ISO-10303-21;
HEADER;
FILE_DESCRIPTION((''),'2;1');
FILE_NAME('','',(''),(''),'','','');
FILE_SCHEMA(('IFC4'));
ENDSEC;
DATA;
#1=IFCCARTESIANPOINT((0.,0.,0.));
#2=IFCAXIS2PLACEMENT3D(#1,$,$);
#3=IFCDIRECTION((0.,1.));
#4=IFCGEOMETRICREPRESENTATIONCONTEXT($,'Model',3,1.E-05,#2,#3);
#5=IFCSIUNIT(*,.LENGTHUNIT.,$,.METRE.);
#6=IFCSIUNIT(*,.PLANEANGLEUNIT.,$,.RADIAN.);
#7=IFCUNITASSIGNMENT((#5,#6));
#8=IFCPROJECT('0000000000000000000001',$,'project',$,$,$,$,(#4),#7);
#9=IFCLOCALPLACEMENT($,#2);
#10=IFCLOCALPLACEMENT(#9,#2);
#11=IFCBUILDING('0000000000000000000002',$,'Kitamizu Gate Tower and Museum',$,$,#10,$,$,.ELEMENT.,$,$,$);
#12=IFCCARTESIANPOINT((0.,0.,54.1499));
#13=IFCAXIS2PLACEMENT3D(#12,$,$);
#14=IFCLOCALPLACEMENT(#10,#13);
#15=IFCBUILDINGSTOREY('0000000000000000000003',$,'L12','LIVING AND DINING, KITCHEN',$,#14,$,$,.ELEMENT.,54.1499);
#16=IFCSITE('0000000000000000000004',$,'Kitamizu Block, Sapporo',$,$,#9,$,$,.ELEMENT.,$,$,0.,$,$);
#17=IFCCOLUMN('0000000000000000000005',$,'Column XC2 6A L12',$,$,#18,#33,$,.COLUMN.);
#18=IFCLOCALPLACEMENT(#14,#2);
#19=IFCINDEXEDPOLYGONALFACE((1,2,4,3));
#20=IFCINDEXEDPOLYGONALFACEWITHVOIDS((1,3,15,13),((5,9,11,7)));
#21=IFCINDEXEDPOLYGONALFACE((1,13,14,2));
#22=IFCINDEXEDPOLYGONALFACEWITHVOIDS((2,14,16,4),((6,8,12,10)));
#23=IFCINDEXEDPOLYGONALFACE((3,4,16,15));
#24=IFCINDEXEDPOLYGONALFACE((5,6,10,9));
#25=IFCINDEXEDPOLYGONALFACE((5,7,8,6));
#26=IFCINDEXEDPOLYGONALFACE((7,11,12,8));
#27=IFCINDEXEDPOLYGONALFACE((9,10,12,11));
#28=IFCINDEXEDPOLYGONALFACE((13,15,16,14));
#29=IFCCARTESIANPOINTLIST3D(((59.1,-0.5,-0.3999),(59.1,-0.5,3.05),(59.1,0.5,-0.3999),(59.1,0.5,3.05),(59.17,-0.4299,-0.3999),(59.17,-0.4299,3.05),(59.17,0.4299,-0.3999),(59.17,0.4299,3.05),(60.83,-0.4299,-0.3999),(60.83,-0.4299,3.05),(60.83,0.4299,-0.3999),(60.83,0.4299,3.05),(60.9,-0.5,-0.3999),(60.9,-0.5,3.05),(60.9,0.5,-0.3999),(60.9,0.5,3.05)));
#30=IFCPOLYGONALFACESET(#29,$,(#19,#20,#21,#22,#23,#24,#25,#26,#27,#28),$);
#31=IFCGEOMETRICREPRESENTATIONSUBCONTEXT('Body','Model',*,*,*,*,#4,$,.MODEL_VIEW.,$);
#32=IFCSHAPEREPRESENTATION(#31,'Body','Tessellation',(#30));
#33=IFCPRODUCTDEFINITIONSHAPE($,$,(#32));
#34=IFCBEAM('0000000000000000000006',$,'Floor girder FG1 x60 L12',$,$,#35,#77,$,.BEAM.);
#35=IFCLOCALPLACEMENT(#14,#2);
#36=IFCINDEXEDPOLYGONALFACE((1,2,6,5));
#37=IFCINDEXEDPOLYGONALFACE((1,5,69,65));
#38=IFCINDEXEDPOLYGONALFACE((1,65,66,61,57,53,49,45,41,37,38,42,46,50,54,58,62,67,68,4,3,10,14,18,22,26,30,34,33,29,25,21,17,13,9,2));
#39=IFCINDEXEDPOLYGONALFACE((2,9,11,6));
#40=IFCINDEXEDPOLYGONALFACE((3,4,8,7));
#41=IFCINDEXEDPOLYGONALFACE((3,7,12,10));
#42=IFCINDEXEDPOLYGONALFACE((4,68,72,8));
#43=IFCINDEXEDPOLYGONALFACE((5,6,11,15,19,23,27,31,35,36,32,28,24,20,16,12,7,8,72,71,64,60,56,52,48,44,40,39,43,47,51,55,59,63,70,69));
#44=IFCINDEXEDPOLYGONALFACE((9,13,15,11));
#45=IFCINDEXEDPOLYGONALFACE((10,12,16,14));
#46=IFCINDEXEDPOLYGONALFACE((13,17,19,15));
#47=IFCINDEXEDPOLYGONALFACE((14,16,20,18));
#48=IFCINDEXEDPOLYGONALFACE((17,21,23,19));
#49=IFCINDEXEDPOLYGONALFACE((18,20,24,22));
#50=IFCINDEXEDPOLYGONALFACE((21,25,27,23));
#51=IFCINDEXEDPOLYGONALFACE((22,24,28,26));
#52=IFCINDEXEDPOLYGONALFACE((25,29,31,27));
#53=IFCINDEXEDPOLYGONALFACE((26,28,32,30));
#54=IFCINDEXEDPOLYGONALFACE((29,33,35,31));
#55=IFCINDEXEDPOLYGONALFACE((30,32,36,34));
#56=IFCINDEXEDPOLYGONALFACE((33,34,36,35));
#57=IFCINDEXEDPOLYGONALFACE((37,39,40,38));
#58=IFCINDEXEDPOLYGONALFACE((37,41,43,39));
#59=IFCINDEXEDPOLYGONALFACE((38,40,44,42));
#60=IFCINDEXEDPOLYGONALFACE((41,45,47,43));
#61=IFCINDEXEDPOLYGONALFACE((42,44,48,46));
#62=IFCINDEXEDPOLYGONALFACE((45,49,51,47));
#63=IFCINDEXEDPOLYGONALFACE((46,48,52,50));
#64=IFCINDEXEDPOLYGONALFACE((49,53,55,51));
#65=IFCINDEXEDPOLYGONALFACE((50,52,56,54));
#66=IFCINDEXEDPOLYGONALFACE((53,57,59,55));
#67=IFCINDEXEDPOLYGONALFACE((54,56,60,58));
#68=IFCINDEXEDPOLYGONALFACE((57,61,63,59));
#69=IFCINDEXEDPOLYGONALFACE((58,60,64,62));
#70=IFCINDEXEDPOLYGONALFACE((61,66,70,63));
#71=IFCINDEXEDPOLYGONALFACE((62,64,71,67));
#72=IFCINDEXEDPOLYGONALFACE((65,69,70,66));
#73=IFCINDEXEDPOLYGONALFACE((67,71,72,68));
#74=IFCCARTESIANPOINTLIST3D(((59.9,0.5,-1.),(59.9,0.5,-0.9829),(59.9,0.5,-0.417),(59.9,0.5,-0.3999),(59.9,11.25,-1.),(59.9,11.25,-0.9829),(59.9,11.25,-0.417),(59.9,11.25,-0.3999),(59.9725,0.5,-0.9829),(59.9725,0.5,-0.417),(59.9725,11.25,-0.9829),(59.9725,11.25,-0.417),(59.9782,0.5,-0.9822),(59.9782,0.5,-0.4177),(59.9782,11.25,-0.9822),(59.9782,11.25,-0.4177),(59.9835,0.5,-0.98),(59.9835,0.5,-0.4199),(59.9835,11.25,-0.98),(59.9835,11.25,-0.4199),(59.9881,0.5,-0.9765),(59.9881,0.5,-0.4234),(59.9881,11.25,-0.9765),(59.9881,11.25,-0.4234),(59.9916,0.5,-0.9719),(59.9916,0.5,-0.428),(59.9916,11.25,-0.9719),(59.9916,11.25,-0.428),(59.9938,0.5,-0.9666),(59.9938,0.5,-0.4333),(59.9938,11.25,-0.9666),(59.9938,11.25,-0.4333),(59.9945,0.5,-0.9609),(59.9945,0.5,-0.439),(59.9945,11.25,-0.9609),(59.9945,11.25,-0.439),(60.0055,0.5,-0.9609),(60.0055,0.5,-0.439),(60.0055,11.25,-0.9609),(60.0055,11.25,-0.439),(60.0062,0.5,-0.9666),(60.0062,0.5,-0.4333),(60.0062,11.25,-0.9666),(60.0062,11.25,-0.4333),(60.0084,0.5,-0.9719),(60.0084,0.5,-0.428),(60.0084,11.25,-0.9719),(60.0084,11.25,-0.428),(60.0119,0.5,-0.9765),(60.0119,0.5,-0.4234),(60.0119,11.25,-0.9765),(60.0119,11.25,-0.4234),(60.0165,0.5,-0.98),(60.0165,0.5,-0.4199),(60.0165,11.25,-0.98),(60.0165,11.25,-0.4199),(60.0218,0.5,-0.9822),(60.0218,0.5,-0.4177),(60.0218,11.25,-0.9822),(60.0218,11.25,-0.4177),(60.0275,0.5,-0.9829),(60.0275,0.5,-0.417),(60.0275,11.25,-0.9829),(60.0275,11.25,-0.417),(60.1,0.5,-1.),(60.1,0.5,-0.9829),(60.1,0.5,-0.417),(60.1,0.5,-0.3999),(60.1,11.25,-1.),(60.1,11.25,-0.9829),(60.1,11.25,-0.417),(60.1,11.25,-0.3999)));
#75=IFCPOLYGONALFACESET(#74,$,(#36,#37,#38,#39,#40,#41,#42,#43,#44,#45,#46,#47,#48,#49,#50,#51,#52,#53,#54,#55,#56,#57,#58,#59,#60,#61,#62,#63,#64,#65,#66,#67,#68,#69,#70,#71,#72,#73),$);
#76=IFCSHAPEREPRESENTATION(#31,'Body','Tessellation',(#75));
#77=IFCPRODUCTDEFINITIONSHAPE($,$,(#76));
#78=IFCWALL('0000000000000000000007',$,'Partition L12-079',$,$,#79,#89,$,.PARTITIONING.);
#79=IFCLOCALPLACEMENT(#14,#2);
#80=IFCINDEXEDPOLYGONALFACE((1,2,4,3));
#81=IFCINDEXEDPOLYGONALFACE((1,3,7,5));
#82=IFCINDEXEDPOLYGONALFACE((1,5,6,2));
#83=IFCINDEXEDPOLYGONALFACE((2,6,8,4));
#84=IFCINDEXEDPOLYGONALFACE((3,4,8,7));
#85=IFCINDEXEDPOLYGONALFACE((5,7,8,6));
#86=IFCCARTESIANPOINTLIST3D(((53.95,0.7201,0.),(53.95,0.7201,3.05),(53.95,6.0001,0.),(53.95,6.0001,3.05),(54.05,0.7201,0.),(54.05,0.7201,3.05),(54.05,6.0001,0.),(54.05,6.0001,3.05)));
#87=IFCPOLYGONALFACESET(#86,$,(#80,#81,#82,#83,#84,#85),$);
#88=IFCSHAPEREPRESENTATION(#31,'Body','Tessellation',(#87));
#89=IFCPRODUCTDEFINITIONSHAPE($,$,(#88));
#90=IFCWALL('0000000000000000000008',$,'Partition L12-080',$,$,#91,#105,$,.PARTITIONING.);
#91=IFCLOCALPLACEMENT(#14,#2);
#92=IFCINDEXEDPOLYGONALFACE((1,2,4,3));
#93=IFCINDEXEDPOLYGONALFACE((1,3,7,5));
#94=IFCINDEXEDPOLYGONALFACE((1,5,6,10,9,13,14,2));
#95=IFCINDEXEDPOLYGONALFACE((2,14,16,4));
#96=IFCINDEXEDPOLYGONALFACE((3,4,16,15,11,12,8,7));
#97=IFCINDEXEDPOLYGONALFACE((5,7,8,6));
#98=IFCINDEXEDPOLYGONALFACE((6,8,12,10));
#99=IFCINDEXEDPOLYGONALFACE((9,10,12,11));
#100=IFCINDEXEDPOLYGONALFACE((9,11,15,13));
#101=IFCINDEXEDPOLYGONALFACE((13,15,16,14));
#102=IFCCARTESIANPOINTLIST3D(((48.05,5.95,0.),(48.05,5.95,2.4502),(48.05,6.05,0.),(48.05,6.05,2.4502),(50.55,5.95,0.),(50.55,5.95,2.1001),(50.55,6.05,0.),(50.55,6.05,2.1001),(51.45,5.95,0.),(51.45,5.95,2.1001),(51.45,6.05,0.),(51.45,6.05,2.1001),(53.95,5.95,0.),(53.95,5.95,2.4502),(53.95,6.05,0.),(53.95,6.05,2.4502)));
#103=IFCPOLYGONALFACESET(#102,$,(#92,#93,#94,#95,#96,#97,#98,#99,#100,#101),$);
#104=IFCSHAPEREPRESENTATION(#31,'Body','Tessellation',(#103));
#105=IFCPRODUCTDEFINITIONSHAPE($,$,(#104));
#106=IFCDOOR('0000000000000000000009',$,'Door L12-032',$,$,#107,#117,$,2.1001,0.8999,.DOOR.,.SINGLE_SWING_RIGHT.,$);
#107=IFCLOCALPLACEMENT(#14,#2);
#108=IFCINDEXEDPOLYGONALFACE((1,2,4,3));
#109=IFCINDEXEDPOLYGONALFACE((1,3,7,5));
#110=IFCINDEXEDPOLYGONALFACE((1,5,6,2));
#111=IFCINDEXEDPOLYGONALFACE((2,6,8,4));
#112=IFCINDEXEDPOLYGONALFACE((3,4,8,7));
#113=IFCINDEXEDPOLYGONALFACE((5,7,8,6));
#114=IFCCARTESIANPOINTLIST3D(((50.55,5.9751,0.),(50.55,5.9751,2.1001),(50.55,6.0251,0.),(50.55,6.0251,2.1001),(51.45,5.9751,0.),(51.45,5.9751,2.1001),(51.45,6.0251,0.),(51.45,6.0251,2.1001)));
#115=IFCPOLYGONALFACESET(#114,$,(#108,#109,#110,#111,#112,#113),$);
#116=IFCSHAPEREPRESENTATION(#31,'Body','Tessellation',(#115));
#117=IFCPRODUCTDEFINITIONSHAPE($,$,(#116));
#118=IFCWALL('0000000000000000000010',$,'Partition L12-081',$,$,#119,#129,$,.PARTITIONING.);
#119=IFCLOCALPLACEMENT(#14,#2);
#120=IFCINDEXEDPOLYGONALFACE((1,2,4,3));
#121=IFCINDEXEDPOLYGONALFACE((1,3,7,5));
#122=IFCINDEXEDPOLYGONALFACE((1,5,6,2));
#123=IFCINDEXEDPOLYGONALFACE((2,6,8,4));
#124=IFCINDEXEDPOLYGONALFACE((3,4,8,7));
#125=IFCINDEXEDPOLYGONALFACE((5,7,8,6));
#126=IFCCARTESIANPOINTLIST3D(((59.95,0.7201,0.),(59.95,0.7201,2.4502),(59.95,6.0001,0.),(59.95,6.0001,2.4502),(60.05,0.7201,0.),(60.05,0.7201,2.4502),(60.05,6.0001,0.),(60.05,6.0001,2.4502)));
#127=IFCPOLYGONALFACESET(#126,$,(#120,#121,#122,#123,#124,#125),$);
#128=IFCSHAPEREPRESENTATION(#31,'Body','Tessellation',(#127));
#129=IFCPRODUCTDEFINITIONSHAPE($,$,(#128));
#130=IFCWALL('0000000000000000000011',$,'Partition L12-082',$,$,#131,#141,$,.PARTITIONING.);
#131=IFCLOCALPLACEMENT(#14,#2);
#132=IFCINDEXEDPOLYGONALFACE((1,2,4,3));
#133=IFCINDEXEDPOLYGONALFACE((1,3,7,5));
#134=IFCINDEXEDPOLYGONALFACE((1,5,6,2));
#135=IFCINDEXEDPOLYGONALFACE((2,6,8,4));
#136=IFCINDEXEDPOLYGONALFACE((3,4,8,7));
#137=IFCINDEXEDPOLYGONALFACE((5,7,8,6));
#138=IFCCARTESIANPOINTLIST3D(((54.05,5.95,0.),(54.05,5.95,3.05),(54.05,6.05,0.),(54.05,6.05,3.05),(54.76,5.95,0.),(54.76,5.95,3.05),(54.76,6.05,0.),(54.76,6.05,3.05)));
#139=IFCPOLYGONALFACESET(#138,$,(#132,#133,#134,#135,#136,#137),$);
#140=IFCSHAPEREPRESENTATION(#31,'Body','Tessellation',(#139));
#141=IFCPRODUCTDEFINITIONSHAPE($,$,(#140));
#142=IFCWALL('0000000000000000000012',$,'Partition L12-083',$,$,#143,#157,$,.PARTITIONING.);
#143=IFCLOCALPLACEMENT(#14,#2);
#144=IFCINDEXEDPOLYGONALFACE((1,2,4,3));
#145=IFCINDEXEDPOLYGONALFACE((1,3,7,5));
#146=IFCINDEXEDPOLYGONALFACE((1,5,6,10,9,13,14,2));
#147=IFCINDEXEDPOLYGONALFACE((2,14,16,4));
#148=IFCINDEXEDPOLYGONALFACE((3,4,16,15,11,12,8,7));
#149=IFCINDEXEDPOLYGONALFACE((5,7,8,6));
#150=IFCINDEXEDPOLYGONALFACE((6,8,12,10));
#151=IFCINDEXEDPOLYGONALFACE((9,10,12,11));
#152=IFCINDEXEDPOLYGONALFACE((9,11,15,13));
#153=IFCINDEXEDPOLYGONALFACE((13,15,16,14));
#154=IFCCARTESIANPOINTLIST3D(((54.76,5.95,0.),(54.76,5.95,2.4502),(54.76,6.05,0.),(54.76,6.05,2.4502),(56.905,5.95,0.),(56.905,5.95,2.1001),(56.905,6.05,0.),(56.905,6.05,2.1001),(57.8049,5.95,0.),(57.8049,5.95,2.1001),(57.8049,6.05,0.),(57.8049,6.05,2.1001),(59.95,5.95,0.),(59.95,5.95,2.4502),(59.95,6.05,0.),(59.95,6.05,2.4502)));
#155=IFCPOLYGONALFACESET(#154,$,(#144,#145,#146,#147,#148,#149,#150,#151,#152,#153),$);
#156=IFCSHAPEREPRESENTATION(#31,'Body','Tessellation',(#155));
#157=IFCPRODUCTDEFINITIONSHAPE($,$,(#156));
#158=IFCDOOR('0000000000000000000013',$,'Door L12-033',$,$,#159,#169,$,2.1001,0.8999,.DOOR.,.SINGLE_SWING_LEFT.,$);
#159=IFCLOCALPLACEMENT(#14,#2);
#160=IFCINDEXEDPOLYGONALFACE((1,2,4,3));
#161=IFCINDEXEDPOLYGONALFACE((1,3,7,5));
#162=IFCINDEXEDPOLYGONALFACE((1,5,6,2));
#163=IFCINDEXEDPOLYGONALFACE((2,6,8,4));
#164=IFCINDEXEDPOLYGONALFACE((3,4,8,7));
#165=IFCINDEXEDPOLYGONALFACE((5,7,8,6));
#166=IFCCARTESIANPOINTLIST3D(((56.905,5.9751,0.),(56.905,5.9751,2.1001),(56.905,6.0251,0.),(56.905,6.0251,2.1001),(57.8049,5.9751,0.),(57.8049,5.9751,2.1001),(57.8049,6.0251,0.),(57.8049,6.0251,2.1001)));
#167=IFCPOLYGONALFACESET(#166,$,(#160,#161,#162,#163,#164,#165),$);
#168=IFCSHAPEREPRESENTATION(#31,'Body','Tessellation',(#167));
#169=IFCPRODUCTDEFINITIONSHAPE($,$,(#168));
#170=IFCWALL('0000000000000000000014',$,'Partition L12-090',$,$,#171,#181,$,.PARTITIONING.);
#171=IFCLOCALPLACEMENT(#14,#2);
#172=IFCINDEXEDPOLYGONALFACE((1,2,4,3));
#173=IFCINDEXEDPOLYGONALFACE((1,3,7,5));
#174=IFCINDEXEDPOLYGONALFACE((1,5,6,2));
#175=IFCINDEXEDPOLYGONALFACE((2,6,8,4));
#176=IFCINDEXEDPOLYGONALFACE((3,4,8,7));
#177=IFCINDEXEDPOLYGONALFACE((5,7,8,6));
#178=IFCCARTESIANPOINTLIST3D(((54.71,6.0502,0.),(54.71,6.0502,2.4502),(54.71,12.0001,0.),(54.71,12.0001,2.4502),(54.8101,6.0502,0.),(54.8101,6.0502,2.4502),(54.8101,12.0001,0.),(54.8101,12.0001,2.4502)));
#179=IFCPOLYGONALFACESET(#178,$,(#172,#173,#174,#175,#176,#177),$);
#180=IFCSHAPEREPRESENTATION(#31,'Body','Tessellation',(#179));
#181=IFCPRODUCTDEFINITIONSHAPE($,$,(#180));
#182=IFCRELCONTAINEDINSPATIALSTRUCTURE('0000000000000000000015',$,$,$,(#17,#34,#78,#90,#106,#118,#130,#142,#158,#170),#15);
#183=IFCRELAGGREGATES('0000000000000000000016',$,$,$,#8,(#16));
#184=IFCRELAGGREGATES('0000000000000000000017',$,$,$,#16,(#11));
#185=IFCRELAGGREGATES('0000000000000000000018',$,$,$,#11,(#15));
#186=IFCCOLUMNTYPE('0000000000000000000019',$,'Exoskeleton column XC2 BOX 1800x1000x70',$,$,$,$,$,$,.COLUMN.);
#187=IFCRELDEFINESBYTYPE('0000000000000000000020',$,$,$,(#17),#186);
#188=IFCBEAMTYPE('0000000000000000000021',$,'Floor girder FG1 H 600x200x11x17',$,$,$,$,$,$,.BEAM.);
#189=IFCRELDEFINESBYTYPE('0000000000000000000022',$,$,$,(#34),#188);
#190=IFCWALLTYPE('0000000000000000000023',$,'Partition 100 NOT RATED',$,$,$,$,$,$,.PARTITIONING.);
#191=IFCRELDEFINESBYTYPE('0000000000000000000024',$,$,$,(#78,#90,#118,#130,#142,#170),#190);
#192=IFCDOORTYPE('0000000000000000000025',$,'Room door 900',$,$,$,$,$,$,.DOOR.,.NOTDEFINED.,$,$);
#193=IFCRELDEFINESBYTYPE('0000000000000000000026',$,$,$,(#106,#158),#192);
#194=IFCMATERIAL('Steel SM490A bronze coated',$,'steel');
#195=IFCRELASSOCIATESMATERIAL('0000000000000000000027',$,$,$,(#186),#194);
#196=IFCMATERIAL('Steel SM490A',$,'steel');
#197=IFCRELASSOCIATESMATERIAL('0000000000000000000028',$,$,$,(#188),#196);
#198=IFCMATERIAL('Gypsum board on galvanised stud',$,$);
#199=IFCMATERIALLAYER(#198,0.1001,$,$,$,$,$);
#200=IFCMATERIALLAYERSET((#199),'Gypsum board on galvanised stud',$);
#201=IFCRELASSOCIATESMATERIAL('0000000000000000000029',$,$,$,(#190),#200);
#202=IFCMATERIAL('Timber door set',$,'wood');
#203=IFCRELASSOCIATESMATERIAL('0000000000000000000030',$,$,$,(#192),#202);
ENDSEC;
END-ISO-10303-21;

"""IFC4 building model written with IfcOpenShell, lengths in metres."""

from ifc_helpers import new_model, si_unit, direction, frame, frame_2d, origin, origin_2d, place, context, subcontext, project, spatial, rectangle, hollow_rectangle, i_section, extrude, material, layer, layer_set, material_profile, profile_set, type_object, element, fill, save


model = new_model("IFC4")

# Units and contexts
model_context = context("Model", 3, precision=1e-05, world=origin(), true_north=direction((0.0, 1.0)))
body_context = subcontext(model_context, "Body", "Model", "MODEL_VIEW")
ifc_project = project(units=[si_unit("LENGTHUNIT", "METRE"), si_unit("PLANEANGLEUNIT", "RADIAN")], contexts=[model_context])

# Site, building, storey
site_placement = place(None, origin())
site = spatial("IfcSite", under=ifc_project, at=site_placement, Name="Kitamizu Block, Sapporo", CompositionType="ELEMENT", RefElevation=0.0)
building_placement = place(site_placement, origin())
building = spatial("IfcBuilding", under=site, at=building_placement, Name="Kitamizu Gate Tower and Museum", CompositionType="ELEMENT")
storey_placement = place(building_placement, frame((0.0, 0.0, 54.1499)))
storey = spatial("IfcBuildingStorey", under=building, at=storey_placement, Name="L12", Description="LIVING AND DINING, KITCHEN", CompositionType="ELEMENT", Elevation=54.1499)

# Column
ifc_material_1 = material(Name="Steel SM490A bronze coated", Category="steel")
ifc_material_profile_1 = material_profile(ifc_material_1, hollow_rectangle(XDim=1.8, YDim=1.0, WallThickness=0.0701, at=origin_2d()), Name="BOX 1800x1000x70")
ifc_profile_set_1 = profile_set([ifc_material_profile_1], Name="Steel SM490A bronze coated")
column_type = type_object("IfcColumnType", Name="Exoskeleton column XC2 BOX 1800x1000x70", PredefinedType="COLUMN", material=ifc_profile_set_1)
column_placement = place(storey_placement, frame((60.0, 0.0, -0.3999), z_axis=(0.0, 0.0, 1.0), x_axis=(1.0, 0.0, 0.0)))
element("IfcColumn", 1, at=column_placement, inside=storey, type_object=column_type, Name="Column XC2 6A L12", PredefinedType="COLUMN", context=body_context, shape_type="SweptSolid", body=[
    extrude(hollow_rectangle(XDim=1.8, YDim=1.0, WallThickness=0.0701, at=origin_2d()), origin(), (0.0, 0.0, 1.0), 3.45),
])

# Beam
ifc_material_2 = material(Name="Steel SM490A", Category="steel")
ifc_material_profile_2 = material_profile(ifc_material_2, i_section(OverallWidth=0.2, OverallDepth=0.6001, WebThickness=0.011, FlangeThickness=0.0171, FilletRadius=0.022, at=origin_2d()), Name="H-600x200x11x17")
ifc_profile_set_2 = profile_set([ifc_material_profile_2], Name="Steel SM490A")
beam_type = type_object("IfcBeamType", Name="Floor girder FG1 H 600x200x11x17", PredefinedType="BEAM", material=ifc_profile_set_2)
beam_placement = place(storey_placement, frame((60.0, 0.5, -0.7), z_axis=(0.0, 1.0, 0.0), x_axis=(-1.0, 0.0, 0.0)))
element("IfcBeam", 2, at=beam_placement, inside=storey, type_object=beam_type, Name="Floor girder FG1 x60 L12", PredefinedType="BEAM", context=body_context, shape_type="SweptSolid", body=[
    extrude(i_section(OverallWidth=0.2, OverallDepth=0.6001, WebThickness=0.011, FlangeThickness=0.0171, FilletRadius=0.022, at=origin_2d()), origin(), (0.0, 0.0, 1.0), 10.75),
])

# Wall
ifc_material_3 = material(Name="Gypsum board on galvanised stud")
ifc_layer = layer(ifc_material_3, 0.1001)
ifc_layer_set = layer_set([ifc_layer], Name="Gypsum board on galvanised stud")
wall_type = type_object("IfcWallType", Name="Partition 100 NOT RATED", PredefinedType="PARTITIONING", material=ifc_layer_set)
wall_1_placement = place(storey_placement, frame((54.0, 0.72, 0.0), z_axis=(0.0, 0.0, 1.0), x_axis=(0.0, 1.0, 0.0)))
element("IfcWall", 3, at=wall_1_placement, inside=storey, type_object=wall_type, Name="Partition L12-079", PredefinedType="PARTITIONING", context=body_context, shape_type="SweptSolid", body=[
    extrude(rectangle(XDim=5.28, YDim=0.1001, at=frame_2d((2.6401, 0.0))), origin(), (0.0, 0.0, 1.0), 3.05),
])

# Wall, opening, door
wall_2_placement = place(storey_placement, frame((53.95, 6.0, 0.0), z_axis=(0.0, 0.0, 1.0), x_axis=(-1.0, 0.0, 0.0)))
wall_2 = element("IfcWall", 4, at=wall_2_placement, inside=storey, type_object=wall_type, Name="Partition L12-080", PredefinedType="PARTITIONING", context=body_context, shape_type="SweptSolid", body=[
    extrude(rectangle(XDim=5.8999, YDim=0.1001, at=frame_2d((2.95, 0.0))), origin(), (0.0, 0.0, 1.0), 2.4502),
])
opening_1_placement = place(wall_2_placement, frame((2.5, 0.0, 0.0)))
opening_1 = element("IfcOpeningElement", 5, at=opening_1_placement, cuts=wall_2, PredefinedType="OPENING", context=body_context, shape_type="SweptSolid", body=[
    extrude(rectangle(XDim=0.8999, YDim=2.1001, at=frame_2d((0.45, 1.05))), frame((0.0, 0.0601, 0.0), z_axis=(0.0, -1.0, 0.0), x_axis=(1.0, 0.0, 0.0)), (0.0, 0.0, 1.0), 0.1201),
])
ifc_material_4 = material(Name="Timber door set", Category="wood")
door_type = type_object("IfcDoorType", Name="Room door 900", OperationType="NOTDEFINED", PredefinedType="DOOR", material=ifc_material_4)
door_1_placement = place(opening_1_placement, origin())
door_1 = element("IfcDoor", 6, at=door_1_placement, inside=storey, type_object=door_type, Name="Door L12-032", OperationType="SINGLE_SWING_RIGHT", OverallHeight=2.1001, OverallWidth=0.8999, PredefinedType="DOOR", context=body_context, shape_type="SweptSolid", body=[
    extrude(rectangle(XDim=0.8999, YDim=2.1001, at=frame_2d((0.45, 1.05))), frame((0.0, 0.0249, 0.0), z_axis=(0.0, -1.0, 0.0), x_axis=(1.0, 0.0, 0.0)), (0.0, 0.0, 1.0), 0.05),
])
fill(opening_1, door_1)

# Walls
wall_3_placement = place(storey_placement, frame((60.0, 0.72, 0.0), z_axis=(0.0, 0.0, 1.0), x_axis=(0.0, 1.0, 0.0)))
element("IfcWall", 7, at=wall_3_placement, inside=storey, type_object=wall_type, Name="Partition L12-081", PredefinedType="PARTITIONING", context=body_context, shape_type="SweptSolid", body=[
    extrude(rectangle(XDim=5.28, YDim=0.1001, at=frame_2d((2.6401, 0.0))), origin(), (0.0, 0.0, 1.0), 2.4502),
])
wall_4_placement = place(storey_placement, frame((54.76, 6.0, 0.0), z_axis=(0.0, 0.0, 1.0), x_axis=(-1.0, 0.0, 0.0)))
element("IfcWall", 8, at=wall_4_placement, inside=storey, type_object=wall_type, Name="Partition L12-082", PredefinedType="PARTITIONING", context=body_context, shape_type="SweptSolid", body=[
    extrude(rectangle(XDim=0.71, YDim=0.1001, at=frame_2d((0.355, 0.0))), origin(), (0.0, 0.0, 1.0), 3.05),
])

# Wall, opening, door
wall_5_placement = place(storey_placement, frame((59.95, 6.0, 0.0), z_axis=(0.0, 0.0, 1.0), x_axis=(-1.0, 0.0, 0.0)))
wall_5 = element("IfcWall", 9, at=wall_5_placement, inside=storey, type_object=wall_type, Name="Partition L12-083", PredefinedType="PARTITIONING", context=body_context, shape_type="SweptSolid", body=[
    extrude(rectangle(XDim=5.1899, YDim=0.1001, at=frame_2d((2.595, 0.0))), origin(), (0.0, 0.0, 1.0), 2.4502),
])
opening_2_placement = place(wall_5_placement, frame((2.145, 0.0, 0.0)))
opening_2 = element("IfcOpeningElement", 10, at=opening_2_placement, cuts=wall_5, PredefinedType="OPENING", context=body_context, shape_type="SweptSolid", body=[
    extrude(rectangle(XDim=0.8999, YDim=2.1001, at=frame_2d((0.45, 1.05))), frame((0.0, 0.0601, 0.0), z_axis=(0.0, -1.0, 0.0), x_axis=(1.0, 0.0, 0.0)), (0.0, 0.0, 1.0), 0.1201),
])
door_2_placement = place(opening_2_placement, origin())
door_2 = element("IfcDoor", 11, at=door_2_placement, inside=storey, type_object=door_type, Name="Door L12-033", OperationType="SINGLE_SWING_LEFT", OverallHeight=2.1001, OverallWidth=0.8999, PredefinedType="DOOR", context=body_context, shape_type="SweptSolid", body=[
    extrude(rectangle(XDim=0.8999, YDim=2.1001, at=frame_2d((0.45, 1.05))), frame((0.0, 0.0249, 0.0), z_axis=(0.0, -1.0, 0.0), x_axis=(1.0, 0.0, 0.0)), (0.0, 0.0, 1.0), 0.05),
])
fill(opening_2, door_2)

# Wall
wall_6_placement = place(storey_placement, frame((54.76, 6.05, 0.0), z_axis=(0.0, 0.0, 1.0), x_axis=(0.0, 1.0, 0.0)))
element("IfcWall", 12, at=wall_6_placement, inside=storey, type_object=wall_type, Name="Partition L12-090", PredefinedType="PARTITIONING", context=body_context, shape_type="SweptSolid", body=[
    extrude(rectangle(XDim=5.95, YDim=0.1001, at=frame_2d((2.9751, 0.0))), origin(), (0.0, 0.0, 1.0), 2.4502),
])

save(model, "model.ifc")
